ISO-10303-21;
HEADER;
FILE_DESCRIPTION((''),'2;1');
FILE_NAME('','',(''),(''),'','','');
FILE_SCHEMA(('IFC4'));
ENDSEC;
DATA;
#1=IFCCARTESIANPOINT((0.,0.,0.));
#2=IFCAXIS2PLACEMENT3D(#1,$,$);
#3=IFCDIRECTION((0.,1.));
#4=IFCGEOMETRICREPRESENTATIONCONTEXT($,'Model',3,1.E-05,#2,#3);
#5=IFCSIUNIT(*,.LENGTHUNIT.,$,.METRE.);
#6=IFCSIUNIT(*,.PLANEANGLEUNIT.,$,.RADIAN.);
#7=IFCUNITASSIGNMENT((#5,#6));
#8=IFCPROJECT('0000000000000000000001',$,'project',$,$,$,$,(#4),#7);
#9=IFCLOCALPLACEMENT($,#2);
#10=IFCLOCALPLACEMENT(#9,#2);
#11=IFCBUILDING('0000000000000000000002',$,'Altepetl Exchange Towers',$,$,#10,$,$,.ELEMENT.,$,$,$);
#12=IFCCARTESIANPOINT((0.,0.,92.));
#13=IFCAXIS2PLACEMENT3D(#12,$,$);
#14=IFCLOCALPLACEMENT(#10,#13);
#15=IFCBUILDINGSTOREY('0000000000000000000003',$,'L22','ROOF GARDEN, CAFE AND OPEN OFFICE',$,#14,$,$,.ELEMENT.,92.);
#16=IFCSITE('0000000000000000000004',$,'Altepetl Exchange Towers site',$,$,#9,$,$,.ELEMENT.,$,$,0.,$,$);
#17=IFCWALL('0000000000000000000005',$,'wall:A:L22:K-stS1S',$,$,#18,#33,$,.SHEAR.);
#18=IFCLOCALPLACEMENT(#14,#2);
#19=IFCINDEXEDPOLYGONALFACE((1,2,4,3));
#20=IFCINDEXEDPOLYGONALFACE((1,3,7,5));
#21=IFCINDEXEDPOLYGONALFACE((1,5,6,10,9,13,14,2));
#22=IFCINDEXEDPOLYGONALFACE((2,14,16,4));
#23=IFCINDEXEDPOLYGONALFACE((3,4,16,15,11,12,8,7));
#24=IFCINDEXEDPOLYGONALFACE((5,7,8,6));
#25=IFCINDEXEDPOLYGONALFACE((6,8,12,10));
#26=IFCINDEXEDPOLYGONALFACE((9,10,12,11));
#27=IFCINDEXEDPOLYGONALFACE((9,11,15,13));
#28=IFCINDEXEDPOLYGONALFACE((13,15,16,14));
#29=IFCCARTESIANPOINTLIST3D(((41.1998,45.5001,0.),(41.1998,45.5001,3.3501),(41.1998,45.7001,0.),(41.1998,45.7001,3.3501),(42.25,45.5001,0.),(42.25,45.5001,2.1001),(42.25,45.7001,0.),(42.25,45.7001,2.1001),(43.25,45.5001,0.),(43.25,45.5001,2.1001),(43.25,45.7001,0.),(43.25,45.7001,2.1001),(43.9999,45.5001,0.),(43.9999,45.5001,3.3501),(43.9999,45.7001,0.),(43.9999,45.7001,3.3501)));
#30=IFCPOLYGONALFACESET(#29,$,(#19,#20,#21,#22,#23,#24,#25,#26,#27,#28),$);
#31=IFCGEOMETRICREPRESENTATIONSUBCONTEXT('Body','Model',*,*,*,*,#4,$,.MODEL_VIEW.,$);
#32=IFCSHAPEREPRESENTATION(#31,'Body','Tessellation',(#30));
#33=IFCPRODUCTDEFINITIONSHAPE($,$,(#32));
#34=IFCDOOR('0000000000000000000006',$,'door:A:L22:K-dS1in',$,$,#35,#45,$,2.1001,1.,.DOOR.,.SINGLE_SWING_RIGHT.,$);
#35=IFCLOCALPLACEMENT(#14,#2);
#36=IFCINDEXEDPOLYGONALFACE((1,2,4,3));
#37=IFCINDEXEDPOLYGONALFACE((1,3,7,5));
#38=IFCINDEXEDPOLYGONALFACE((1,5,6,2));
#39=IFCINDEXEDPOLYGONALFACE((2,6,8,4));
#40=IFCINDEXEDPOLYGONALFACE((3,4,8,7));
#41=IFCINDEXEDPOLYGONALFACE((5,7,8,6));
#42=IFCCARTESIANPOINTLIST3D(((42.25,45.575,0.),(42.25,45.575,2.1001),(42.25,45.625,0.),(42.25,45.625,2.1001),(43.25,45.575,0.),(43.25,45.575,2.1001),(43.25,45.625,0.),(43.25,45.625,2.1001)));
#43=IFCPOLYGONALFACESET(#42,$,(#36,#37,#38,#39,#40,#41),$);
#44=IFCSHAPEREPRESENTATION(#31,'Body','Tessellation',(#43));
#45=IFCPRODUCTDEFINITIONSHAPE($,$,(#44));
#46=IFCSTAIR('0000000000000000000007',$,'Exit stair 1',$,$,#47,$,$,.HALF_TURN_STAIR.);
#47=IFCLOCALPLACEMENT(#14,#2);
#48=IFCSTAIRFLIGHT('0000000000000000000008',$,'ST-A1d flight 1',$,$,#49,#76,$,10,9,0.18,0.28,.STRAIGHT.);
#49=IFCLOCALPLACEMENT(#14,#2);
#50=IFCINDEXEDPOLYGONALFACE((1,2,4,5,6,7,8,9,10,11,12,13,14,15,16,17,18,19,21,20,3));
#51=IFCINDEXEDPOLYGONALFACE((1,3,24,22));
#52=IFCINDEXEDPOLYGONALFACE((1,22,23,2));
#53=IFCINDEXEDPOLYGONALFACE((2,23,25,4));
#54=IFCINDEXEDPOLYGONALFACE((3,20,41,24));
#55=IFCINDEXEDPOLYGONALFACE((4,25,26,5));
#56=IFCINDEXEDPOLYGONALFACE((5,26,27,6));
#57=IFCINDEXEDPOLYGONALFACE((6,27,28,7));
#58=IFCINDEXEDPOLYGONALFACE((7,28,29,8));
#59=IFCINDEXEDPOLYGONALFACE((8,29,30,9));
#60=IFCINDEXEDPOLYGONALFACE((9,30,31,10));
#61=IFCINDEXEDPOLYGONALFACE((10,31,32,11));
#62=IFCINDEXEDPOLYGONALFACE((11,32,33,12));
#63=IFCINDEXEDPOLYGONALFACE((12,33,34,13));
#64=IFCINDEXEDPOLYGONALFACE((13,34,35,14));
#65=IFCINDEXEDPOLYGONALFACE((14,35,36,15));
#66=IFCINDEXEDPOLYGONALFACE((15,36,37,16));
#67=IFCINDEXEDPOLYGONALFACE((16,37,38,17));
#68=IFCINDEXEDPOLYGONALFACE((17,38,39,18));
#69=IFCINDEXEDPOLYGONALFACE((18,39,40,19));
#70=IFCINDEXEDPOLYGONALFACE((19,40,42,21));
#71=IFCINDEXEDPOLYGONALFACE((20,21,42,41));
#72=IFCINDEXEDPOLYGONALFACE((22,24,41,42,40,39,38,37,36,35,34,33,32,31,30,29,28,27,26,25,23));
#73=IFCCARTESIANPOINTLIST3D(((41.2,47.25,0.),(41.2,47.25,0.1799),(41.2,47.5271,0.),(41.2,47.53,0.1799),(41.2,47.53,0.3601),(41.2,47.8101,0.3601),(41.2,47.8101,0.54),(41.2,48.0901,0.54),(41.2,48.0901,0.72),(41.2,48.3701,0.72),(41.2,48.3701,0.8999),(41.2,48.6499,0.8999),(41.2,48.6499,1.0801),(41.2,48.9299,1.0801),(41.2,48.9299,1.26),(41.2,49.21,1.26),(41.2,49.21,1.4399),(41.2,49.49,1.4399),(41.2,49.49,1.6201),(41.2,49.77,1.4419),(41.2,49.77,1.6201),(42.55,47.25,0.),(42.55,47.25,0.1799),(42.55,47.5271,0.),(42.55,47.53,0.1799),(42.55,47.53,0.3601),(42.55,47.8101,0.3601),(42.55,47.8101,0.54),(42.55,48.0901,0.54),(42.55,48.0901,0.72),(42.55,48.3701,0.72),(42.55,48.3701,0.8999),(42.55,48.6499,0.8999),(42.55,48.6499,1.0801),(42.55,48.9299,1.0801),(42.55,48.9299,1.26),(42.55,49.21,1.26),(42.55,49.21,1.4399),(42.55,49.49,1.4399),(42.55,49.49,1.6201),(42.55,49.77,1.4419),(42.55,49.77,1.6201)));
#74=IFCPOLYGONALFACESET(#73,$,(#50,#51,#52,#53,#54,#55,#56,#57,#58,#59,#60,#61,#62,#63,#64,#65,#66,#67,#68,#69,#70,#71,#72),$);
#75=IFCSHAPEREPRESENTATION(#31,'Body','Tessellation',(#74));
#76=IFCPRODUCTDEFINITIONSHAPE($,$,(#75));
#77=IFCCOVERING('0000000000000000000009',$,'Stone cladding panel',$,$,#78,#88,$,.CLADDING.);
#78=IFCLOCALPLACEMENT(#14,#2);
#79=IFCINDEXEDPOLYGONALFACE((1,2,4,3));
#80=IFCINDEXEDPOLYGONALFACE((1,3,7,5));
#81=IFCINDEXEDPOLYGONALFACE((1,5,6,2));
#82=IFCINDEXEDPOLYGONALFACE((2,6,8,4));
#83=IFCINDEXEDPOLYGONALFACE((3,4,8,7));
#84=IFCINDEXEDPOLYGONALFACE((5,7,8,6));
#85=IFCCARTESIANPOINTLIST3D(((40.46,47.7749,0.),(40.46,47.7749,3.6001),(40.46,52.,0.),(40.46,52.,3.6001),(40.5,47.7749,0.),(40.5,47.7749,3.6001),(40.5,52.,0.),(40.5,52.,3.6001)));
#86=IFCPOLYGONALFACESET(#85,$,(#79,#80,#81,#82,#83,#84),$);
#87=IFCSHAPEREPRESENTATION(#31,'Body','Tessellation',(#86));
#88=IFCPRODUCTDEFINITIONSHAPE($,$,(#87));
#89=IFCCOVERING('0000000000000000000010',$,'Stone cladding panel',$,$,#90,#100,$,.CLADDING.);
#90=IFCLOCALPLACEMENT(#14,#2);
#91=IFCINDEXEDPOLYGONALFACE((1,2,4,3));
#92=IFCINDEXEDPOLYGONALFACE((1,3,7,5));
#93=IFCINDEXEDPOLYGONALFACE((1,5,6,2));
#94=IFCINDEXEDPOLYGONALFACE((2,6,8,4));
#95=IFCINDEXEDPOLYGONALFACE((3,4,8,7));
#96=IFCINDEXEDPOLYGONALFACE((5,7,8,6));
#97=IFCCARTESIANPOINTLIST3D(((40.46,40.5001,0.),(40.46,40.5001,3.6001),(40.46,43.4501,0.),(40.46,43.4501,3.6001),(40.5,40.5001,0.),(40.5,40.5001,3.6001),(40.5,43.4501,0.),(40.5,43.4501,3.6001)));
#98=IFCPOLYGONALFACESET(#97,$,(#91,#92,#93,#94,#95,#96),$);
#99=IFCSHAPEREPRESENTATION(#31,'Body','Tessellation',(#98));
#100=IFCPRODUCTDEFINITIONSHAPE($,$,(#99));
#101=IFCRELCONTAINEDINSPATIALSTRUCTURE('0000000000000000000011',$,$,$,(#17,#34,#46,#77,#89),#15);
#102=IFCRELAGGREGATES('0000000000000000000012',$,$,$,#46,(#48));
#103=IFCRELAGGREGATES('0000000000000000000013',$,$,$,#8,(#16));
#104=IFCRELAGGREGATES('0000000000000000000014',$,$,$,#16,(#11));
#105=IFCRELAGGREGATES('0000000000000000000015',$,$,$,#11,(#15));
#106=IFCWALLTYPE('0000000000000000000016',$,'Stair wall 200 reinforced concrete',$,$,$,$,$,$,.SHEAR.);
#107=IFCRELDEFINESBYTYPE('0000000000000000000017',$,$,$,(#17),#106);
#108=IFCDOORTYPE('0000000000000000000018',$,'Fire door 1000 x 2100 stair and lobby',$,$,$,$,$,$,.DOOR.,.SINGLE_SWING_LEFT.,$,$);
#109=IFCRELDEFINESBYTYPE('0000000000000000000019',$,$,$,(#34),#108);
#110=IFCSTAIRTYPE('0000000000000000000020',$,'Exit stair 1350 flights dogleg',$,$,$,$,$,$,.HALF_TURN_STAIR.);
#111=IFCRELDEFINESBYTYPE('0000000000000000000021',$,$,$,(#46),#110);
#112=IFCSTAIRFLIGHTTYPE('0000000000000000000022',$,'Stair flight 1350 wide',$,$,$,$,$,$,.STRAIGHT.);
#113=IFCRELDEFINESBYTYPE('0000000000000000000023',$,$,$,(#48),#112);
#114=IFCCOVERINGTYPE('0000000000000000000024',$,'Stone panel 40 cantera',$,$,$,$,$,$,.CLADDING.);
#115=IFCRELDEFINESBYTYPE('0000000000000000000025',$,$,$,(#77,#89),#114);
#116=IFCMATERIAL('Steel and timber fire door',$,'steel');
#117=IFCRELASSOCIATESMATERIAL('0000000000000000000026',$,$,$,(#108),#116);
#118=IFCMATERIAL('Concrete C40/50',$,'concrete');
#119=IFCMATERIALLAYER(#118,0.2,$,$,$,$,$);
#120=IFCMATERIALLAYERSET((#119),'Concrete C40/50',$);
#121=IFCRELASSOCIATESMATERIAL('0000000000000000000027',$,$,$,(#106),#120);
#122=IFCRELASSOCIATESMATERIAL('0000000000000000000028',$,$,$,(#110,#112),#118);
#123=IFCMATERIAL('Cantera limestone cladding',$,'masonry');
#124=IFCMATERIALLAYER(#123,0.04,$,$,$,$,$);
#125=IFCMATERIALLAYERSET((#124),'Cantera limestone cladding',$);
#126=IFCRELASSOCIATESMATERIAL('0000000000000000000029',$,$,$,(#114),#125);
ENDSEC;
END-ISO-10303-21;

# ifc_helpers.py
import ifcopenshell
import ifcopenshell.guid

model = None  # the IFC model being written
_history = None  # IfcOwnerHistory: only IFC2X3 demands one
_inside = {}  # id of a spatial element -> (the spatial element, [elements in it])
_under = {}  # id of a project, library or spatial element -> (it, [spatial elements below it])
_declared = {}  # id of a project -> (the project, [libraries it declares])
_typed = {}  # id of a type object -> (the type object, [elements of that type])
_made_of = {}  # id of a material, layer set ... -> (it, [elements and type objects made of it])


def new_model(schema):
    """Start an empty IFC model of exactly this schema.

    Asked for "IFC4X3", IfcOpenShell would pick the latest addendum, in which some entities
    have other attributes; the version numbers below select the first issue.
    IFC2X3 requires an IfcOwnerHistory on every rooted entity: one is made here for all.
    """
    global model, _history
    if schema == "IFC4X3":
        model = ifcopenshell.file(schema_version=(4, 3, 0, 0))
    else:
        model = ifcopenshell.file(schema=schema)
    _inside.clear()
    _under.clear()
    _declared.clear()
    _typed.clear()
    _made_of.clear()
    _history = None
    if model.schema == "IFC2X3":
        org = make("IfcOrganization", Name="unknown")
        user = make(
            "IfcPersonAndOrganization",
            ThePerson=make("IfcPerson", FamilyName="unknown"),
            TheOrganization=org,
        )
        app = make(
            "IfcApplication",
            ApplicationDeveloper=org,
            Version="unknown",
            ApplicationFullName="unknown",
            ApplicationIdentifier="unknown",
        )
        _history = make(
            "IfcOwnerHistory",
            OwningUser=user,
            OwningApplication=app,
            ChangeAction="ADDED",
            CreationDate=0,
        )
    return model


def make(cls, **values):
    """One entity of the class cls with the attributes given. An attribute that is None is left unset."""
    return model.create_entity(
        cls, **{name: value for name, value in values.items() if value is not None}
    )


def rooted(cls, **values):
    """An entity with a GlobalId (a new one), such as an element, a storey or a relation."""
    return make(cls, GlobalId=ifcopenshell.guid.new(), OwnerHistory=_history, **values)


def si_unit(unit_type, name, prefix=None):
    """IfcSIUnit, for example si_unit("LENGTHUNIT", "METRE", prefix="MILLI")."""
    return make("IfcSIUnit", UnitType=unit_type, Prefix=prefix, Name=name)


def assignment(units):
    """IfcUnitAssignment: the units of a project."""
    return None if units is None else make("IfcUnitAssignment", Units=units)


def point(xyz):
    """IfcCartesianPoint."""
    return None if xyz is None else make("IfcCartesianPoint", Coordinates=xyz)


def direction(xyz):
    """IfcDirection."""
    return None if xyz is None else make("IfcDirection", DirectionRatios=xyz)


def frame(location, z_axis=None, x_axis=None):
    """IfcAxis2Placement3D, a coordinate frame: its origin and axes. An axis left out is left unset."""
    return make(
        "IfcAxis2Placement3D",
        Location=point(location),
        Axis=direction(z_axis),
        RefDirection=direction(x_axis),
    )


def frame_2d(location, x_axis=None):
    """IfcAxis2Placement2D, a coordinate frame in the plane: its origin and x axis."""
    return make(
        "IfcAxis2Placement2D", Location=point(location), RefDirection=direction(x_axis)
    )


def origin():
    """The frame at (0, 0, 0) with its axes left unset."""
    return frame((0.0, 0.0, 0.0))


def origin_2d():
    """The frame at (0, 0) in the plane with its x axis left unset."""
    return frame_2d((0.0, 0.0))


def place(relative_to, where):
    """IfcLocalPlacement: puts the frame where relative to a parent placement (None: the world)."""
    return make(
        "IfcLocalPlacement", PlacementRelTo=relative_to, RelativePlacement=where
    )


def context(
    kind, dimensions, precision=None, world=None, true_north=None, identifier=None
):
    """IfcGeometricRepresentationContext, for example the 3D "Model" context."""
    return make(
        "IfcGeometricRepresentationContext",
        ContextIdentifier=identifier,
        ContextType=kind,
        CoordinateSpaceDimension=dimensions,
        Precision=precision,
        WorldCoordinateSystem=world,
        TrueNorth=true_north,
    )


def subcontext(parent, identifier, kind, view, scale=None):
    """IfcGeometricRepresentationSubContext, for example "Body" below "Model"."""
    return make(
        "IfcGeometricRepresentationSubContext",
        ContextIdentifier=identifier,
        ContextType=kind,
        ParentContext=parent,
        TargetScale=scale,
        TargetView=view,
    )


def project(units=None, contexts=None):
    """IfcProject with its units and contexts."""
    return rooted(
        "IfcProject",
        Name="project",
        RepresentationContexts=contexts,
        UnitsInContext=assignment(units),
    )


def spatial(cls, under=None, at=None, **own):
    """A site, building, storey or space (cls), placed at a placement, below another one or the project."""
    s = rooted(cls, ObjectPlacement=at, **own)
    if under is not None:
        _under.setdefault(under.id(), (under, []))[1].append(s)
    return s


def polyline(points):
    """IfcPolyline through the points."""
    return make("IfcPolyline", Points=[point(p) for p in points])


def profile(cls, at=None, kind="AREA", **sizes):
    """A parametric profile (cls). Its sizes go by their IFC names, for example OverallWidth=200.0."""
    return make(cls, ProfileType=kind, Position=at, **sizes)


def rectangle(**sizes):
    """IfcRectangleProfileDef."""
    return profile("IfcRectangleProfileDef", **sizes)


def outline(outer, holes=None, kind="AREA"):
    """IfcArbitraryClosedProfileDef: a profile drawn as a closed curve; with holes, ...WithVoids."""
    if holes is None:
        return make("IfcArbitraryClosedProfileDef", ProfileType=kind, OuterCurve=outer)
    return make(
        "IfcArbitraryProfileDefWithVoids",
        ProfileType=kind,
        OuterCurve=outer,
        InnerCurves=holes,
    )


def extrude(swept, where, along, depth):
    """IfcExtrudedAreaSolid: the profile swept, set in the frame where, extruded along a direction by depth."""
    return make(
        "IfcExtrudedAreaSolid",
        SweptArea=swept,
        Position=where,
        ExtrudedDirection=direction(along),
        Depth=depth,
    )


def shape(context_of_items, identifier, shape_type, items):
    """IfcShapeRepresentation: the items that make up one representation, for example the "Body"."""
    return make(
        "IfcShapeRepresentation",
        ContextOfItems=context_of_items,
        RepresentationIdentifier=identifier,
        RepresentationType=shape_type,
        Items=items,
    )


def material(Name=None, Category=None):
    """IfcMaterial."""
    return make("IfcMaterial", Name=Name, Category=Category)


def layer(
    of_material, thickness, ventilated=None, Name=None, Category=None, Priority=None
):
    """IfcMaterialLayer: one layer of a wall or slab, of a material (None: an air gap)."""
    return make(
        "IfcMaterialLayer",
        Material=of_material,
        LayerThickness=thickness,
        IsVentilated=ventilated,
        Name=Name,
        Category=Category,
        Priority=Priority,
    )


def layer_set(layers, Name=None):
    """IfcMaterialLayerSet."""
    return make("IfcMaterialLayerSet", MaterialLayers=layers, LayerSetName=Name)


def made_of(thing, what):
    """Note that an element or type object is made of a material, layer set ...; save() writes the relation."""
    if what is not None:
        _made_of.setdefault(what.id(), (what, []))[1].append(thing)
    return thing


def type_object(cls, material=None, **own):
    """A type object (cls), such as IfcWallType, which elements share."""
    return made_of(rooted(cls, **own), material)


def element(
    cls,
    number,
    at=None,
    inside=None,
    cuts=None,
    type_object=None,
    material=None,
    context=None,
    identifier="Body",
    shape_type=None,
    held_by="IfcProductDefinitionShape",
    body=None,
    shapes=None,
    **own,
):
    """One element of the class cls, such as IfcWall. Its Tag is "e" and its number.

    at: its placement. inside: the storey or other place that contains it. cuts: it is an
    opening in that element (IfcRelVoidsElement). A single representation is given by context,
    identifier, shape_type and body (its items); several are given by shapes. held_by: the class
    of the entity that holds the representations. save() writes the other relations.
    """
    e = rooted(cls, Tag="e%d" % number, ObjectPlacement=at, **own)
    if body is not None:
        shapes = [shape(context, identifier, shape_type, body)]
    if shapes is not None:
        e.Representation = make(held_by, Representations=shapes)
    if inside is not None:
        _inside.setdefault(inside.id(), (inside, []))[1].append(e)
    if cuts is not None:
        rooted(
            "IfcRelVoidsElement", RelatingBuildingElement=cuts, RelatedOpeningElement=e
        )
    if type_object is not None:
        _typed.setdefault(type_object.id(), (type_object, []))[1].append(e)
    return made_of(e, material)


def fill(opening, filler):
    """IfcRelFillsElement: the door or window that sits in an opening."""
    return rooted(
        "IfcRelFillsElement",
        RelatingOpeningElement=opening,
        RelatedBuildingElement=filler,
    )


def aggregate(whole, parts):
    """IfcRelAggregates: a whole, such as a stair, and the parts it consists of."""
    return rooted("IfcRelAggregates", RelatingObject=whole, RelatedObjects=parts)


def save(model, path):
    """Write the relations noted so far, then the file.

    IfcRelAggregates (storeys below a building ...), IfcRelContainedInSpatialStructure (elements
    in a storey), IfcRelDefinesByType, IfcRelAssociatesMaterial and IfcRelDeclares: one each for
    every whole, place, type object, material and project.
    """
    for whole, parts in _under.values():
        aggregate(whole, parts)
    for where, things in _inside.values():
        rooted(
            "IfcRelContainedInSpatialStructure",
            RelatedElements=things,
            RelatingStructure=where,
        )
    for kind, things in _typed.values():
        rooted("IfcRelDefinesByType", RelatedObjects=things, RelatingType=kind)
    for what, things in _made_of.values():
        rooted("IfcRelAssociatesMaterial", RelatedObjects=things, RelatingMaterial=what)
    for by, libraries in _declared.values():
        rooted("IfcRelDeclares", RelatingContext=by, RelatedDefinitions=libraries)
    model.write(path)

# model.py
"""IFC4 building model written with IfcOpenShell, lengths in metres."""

from ifc_helpers import new_model, si_unit, direction, frame, frame_2d, origin, origin_2d, place, context, subcontext, project, spatial, polyline, rectangle, outline, extrude, material, layer, layer_set, type_object, element, fill, aggregate, save


model = new_model("IFC4")

# Units and contexts
model_context = context("Model", 3, precision=1e-05, world=origin(), true_north=direction((0.0, 1.0)))
body_context = subcontext(model_context, "Body", "Model", "MODEL_VIEW")
ifc_project = project(units=[si_unit("LENGTHUNIT", "METRE"), si_unit("PLANEANGLEUNIT", "RADIAN")], contexts=[model_context])

# Site, building, storey
site_placement = place(None, origin())
site = spatial("IfcSite", under=ifc_project, at=site_placement, Name="Altepetl Exchange Towers site", CompositionType="ELEMENT", RefElevation=0.0)
building_placement = place(site_placement, origin())
building = spatial("IfcBuilding", under=site, at=building_placement, Name="Altepetl Exchange Towers", CompositionType="ELEMENT")
storey_placement = place(building_placement, frame((0.0, 0.0, 92.0)))
storey = spatial("IfcBuildingStorey", under=building, at=storey_placement, Name="L22", Description="ROOF GARDEN, CAFE AND OPEN OFFICE", CompositionType="ELEMENT", Elevation=92.0)

# Shared definitions
ifc_material_1 = material(Name="Steel and timber fire door", Category="steel")
door_type_1 = type_object("IfcDoorType", Name="Fire door 1000 x 2100 stair and lobby", OperationType="SINGLE_SWING_LEFT", PredefinedType="DOOR", material=ifc_material_1)

# Shared definitions
ifc_material_2 = material(Name="Concrete C40/50", Category="concrete")

# Shared definitions
ifc_layer_1 = layer(ifc_material_2, 0.2)
ifc_layer_set_1 = layer_set([ifc_layer_1], Name="Concrete C40/50")
wall_type_1 = type_object("IfcWallType", Name="Stair wall 200 reinforced concrete", PredefinedType="SHEAR", material=ifc_layer_set_1)

# Wall, opening, door
wall_1_placement = place(storey_placement, frame((41.2, 45.6001, 0.0)))
wall_1 = element("IfcWall", 1, at=wall_1_placement, inside=storey, type_object=wall_type_1, Name="wall:A:L22:K-stS1S", PredefinedType="SHEAR", context=body_context, shape_type="SweptSolid", body=[
    extrude(rectangle(XDim=2.8, YDim=0.2, at=frame_2d((1.3999, 0.0))), origin(), (0.0, 0.0, 1.0), 3.3501),
])
opening_1_placement = place(wall_1_placement, frame((1.05, 0.0, 0.0)))
opening_1 = element("IfcOpeningElement", 2, at=opening_1_placement, cuts=wall_1, PredefinedType="OPENING", context=body_context, shape_type="SweptSolid", body=[
    extrude(rectangle(XDim=1.0, YDim=2.1001, at=frame_2d((0.5, 1.05))), frame((0.0, 0.1099, 0.0), z_axis=(0.0, -1.0, 0.0), x_axis=(1.0, 0.0, 0.0)), (0.0, 0.0, 1.0), 0.22),
])
door_1_placement = place(opening_1_placement, origin())
door_1 = element("IfcDoor", 3, at=door_1_placement, inside=storey, type_object=door_type_1, Name="door:A:L22:K-dS1in", OperationType="SINGLE_SWING_RIGHT", OverallHeight=2.1001, OverallWidth=1.0, PredefinedType="DOOR", context=body_context, shape_type="SweptSolid", body=[
    extrude(rectangle(XDim=1.0, YDim=2.1001, at=frame_2d((0.5, 1.05))), frame((0.0, 0.0249, 0.0), z_axis=(0.0, -1.0, 0.0), x_axis=(1.0, 0.0, 0.0)), (0.0, 0.0, 1.0), 0.05),
])
fill(opening_1, door_1)

# Stair, stair flight
stair_type = type_object("IfcStairType", Name="Exit stair 1350 flights dogleg", PredefinedType="HALF_TURN_STAIR", material=ifc_material_2)
stair_placement = place(storey_placement, origin())
stair = element("IfcStair", 4, at=stair_placement, inside=storey, type_object=stair_type, Name="Exit stair 1", PredefinedType="HALF_TURN_STAIR")
stair_flight_type = type_object("IfcStairFlightType", Name="Stair flight 1350 wide", PredefinedType="STRAIGHT", material=ifc_material_2)
stair_flight_placement = place(storey_placement, frame((41.875, 47.25, 0.0), z_axis=(0.0, 0.0, 1.0), x_axis=(0.0, 1.0, 0.0)))
stair_flight = element("IfcStairFlight", 5, at=stair_flight_placement, type_object=stair_flight_type, Name="ST-A1d flight 1", NumberOfRisers=10, NumberOfTreads=9, PredefinedType="STRAIGHT", RiserHeight=0.18, TreadLength=0.28, context=body_context, shape_type="SweptSolid", body=[
    extrude(outline(polyline([(0.0, 0.0), (0.0, 0.1799), (0.28, 0.1799), (0.28, 0.3601), (0.5601, 0.3601), (0.5601, 0.54), (0.8401, 0.54), (0.8401, 0.72), (1.1201, 0.72), (1.1201, 0.8999), (1.3999, 0.8999), (1.3999, 1.0801), (1.6799, 1.0801), (1.6799, 1.26), (1.96, 1.26), (1.96, 1.4399), (2.24, 1.4399), (2.24, 1.6201), (2.52, 1.6201), (2.52, 1.8), (2.52, 1.4419), (0.2771, 0.0), (0.0, 0.0)])), frame((0.0, 0.675, 0.0), z_axis=(0.0, -1.0, 0.0), x_axis=(1.0, 0.0, 0.0)), (0.0, 0.0, 1.0), 1.3501),
])
aggregate(stair, [stair_flight])

# Coverings
ifc_material_3 = material(Name="Cantera limestone cladding", Category="masonry")
ifc_layer_2 = layer(ifc_material_3, 0.04)
ifc_layer_set_2 = layer_set([ifc_layer_2], Name="Cantera limestone cladding")
covering_type = type_object("IfcCoveringType", Name="Stone panel 40 cantera", PredefinedType="CLADDING", material=ifc_layer_set_2)
covering_1_placement = place(storey_placement, frame((40.48, 49.8875, 0.0), z_axis=(0.0, 0.0, 1.0), x_axis=(0.0, -1.0, 0.0)))
element("IfcCovering", 6, at=covering_1_placement, inside=storey, type_object=covering_type, Name="Stone cladding panel", PredefinedType="CLADDING", context=body_context, shape_type="SweptSolid", body=[
    extrude(rectangle(XDim=4.2251, YDim=0.04, at=origin_2d()), origin(), (0.0, 0.0, 1.0), 3.6001),
])
covering_2_placement = place(storey_placement, frame((40.48, 41.9751, 0.0), z_axis=(0.0, 0.0, 1.0), x_axis=(0.0, -1.0, 0.0)))
element("IfcCovering", 7, at=covering_2_placement, inside=storey, type_object=covering_type, Name="Stone cladding panel", PredefinedType="CLADDING", context=body_context, shape_type="SweptSolid", body=[
    extrude(rectangle(XDim=2.95, YDim=0.04, at=origin_2d()), origin(), (0.0, 0.0, 1.0), 3.6001),
])

save(model, "model.ifc")
